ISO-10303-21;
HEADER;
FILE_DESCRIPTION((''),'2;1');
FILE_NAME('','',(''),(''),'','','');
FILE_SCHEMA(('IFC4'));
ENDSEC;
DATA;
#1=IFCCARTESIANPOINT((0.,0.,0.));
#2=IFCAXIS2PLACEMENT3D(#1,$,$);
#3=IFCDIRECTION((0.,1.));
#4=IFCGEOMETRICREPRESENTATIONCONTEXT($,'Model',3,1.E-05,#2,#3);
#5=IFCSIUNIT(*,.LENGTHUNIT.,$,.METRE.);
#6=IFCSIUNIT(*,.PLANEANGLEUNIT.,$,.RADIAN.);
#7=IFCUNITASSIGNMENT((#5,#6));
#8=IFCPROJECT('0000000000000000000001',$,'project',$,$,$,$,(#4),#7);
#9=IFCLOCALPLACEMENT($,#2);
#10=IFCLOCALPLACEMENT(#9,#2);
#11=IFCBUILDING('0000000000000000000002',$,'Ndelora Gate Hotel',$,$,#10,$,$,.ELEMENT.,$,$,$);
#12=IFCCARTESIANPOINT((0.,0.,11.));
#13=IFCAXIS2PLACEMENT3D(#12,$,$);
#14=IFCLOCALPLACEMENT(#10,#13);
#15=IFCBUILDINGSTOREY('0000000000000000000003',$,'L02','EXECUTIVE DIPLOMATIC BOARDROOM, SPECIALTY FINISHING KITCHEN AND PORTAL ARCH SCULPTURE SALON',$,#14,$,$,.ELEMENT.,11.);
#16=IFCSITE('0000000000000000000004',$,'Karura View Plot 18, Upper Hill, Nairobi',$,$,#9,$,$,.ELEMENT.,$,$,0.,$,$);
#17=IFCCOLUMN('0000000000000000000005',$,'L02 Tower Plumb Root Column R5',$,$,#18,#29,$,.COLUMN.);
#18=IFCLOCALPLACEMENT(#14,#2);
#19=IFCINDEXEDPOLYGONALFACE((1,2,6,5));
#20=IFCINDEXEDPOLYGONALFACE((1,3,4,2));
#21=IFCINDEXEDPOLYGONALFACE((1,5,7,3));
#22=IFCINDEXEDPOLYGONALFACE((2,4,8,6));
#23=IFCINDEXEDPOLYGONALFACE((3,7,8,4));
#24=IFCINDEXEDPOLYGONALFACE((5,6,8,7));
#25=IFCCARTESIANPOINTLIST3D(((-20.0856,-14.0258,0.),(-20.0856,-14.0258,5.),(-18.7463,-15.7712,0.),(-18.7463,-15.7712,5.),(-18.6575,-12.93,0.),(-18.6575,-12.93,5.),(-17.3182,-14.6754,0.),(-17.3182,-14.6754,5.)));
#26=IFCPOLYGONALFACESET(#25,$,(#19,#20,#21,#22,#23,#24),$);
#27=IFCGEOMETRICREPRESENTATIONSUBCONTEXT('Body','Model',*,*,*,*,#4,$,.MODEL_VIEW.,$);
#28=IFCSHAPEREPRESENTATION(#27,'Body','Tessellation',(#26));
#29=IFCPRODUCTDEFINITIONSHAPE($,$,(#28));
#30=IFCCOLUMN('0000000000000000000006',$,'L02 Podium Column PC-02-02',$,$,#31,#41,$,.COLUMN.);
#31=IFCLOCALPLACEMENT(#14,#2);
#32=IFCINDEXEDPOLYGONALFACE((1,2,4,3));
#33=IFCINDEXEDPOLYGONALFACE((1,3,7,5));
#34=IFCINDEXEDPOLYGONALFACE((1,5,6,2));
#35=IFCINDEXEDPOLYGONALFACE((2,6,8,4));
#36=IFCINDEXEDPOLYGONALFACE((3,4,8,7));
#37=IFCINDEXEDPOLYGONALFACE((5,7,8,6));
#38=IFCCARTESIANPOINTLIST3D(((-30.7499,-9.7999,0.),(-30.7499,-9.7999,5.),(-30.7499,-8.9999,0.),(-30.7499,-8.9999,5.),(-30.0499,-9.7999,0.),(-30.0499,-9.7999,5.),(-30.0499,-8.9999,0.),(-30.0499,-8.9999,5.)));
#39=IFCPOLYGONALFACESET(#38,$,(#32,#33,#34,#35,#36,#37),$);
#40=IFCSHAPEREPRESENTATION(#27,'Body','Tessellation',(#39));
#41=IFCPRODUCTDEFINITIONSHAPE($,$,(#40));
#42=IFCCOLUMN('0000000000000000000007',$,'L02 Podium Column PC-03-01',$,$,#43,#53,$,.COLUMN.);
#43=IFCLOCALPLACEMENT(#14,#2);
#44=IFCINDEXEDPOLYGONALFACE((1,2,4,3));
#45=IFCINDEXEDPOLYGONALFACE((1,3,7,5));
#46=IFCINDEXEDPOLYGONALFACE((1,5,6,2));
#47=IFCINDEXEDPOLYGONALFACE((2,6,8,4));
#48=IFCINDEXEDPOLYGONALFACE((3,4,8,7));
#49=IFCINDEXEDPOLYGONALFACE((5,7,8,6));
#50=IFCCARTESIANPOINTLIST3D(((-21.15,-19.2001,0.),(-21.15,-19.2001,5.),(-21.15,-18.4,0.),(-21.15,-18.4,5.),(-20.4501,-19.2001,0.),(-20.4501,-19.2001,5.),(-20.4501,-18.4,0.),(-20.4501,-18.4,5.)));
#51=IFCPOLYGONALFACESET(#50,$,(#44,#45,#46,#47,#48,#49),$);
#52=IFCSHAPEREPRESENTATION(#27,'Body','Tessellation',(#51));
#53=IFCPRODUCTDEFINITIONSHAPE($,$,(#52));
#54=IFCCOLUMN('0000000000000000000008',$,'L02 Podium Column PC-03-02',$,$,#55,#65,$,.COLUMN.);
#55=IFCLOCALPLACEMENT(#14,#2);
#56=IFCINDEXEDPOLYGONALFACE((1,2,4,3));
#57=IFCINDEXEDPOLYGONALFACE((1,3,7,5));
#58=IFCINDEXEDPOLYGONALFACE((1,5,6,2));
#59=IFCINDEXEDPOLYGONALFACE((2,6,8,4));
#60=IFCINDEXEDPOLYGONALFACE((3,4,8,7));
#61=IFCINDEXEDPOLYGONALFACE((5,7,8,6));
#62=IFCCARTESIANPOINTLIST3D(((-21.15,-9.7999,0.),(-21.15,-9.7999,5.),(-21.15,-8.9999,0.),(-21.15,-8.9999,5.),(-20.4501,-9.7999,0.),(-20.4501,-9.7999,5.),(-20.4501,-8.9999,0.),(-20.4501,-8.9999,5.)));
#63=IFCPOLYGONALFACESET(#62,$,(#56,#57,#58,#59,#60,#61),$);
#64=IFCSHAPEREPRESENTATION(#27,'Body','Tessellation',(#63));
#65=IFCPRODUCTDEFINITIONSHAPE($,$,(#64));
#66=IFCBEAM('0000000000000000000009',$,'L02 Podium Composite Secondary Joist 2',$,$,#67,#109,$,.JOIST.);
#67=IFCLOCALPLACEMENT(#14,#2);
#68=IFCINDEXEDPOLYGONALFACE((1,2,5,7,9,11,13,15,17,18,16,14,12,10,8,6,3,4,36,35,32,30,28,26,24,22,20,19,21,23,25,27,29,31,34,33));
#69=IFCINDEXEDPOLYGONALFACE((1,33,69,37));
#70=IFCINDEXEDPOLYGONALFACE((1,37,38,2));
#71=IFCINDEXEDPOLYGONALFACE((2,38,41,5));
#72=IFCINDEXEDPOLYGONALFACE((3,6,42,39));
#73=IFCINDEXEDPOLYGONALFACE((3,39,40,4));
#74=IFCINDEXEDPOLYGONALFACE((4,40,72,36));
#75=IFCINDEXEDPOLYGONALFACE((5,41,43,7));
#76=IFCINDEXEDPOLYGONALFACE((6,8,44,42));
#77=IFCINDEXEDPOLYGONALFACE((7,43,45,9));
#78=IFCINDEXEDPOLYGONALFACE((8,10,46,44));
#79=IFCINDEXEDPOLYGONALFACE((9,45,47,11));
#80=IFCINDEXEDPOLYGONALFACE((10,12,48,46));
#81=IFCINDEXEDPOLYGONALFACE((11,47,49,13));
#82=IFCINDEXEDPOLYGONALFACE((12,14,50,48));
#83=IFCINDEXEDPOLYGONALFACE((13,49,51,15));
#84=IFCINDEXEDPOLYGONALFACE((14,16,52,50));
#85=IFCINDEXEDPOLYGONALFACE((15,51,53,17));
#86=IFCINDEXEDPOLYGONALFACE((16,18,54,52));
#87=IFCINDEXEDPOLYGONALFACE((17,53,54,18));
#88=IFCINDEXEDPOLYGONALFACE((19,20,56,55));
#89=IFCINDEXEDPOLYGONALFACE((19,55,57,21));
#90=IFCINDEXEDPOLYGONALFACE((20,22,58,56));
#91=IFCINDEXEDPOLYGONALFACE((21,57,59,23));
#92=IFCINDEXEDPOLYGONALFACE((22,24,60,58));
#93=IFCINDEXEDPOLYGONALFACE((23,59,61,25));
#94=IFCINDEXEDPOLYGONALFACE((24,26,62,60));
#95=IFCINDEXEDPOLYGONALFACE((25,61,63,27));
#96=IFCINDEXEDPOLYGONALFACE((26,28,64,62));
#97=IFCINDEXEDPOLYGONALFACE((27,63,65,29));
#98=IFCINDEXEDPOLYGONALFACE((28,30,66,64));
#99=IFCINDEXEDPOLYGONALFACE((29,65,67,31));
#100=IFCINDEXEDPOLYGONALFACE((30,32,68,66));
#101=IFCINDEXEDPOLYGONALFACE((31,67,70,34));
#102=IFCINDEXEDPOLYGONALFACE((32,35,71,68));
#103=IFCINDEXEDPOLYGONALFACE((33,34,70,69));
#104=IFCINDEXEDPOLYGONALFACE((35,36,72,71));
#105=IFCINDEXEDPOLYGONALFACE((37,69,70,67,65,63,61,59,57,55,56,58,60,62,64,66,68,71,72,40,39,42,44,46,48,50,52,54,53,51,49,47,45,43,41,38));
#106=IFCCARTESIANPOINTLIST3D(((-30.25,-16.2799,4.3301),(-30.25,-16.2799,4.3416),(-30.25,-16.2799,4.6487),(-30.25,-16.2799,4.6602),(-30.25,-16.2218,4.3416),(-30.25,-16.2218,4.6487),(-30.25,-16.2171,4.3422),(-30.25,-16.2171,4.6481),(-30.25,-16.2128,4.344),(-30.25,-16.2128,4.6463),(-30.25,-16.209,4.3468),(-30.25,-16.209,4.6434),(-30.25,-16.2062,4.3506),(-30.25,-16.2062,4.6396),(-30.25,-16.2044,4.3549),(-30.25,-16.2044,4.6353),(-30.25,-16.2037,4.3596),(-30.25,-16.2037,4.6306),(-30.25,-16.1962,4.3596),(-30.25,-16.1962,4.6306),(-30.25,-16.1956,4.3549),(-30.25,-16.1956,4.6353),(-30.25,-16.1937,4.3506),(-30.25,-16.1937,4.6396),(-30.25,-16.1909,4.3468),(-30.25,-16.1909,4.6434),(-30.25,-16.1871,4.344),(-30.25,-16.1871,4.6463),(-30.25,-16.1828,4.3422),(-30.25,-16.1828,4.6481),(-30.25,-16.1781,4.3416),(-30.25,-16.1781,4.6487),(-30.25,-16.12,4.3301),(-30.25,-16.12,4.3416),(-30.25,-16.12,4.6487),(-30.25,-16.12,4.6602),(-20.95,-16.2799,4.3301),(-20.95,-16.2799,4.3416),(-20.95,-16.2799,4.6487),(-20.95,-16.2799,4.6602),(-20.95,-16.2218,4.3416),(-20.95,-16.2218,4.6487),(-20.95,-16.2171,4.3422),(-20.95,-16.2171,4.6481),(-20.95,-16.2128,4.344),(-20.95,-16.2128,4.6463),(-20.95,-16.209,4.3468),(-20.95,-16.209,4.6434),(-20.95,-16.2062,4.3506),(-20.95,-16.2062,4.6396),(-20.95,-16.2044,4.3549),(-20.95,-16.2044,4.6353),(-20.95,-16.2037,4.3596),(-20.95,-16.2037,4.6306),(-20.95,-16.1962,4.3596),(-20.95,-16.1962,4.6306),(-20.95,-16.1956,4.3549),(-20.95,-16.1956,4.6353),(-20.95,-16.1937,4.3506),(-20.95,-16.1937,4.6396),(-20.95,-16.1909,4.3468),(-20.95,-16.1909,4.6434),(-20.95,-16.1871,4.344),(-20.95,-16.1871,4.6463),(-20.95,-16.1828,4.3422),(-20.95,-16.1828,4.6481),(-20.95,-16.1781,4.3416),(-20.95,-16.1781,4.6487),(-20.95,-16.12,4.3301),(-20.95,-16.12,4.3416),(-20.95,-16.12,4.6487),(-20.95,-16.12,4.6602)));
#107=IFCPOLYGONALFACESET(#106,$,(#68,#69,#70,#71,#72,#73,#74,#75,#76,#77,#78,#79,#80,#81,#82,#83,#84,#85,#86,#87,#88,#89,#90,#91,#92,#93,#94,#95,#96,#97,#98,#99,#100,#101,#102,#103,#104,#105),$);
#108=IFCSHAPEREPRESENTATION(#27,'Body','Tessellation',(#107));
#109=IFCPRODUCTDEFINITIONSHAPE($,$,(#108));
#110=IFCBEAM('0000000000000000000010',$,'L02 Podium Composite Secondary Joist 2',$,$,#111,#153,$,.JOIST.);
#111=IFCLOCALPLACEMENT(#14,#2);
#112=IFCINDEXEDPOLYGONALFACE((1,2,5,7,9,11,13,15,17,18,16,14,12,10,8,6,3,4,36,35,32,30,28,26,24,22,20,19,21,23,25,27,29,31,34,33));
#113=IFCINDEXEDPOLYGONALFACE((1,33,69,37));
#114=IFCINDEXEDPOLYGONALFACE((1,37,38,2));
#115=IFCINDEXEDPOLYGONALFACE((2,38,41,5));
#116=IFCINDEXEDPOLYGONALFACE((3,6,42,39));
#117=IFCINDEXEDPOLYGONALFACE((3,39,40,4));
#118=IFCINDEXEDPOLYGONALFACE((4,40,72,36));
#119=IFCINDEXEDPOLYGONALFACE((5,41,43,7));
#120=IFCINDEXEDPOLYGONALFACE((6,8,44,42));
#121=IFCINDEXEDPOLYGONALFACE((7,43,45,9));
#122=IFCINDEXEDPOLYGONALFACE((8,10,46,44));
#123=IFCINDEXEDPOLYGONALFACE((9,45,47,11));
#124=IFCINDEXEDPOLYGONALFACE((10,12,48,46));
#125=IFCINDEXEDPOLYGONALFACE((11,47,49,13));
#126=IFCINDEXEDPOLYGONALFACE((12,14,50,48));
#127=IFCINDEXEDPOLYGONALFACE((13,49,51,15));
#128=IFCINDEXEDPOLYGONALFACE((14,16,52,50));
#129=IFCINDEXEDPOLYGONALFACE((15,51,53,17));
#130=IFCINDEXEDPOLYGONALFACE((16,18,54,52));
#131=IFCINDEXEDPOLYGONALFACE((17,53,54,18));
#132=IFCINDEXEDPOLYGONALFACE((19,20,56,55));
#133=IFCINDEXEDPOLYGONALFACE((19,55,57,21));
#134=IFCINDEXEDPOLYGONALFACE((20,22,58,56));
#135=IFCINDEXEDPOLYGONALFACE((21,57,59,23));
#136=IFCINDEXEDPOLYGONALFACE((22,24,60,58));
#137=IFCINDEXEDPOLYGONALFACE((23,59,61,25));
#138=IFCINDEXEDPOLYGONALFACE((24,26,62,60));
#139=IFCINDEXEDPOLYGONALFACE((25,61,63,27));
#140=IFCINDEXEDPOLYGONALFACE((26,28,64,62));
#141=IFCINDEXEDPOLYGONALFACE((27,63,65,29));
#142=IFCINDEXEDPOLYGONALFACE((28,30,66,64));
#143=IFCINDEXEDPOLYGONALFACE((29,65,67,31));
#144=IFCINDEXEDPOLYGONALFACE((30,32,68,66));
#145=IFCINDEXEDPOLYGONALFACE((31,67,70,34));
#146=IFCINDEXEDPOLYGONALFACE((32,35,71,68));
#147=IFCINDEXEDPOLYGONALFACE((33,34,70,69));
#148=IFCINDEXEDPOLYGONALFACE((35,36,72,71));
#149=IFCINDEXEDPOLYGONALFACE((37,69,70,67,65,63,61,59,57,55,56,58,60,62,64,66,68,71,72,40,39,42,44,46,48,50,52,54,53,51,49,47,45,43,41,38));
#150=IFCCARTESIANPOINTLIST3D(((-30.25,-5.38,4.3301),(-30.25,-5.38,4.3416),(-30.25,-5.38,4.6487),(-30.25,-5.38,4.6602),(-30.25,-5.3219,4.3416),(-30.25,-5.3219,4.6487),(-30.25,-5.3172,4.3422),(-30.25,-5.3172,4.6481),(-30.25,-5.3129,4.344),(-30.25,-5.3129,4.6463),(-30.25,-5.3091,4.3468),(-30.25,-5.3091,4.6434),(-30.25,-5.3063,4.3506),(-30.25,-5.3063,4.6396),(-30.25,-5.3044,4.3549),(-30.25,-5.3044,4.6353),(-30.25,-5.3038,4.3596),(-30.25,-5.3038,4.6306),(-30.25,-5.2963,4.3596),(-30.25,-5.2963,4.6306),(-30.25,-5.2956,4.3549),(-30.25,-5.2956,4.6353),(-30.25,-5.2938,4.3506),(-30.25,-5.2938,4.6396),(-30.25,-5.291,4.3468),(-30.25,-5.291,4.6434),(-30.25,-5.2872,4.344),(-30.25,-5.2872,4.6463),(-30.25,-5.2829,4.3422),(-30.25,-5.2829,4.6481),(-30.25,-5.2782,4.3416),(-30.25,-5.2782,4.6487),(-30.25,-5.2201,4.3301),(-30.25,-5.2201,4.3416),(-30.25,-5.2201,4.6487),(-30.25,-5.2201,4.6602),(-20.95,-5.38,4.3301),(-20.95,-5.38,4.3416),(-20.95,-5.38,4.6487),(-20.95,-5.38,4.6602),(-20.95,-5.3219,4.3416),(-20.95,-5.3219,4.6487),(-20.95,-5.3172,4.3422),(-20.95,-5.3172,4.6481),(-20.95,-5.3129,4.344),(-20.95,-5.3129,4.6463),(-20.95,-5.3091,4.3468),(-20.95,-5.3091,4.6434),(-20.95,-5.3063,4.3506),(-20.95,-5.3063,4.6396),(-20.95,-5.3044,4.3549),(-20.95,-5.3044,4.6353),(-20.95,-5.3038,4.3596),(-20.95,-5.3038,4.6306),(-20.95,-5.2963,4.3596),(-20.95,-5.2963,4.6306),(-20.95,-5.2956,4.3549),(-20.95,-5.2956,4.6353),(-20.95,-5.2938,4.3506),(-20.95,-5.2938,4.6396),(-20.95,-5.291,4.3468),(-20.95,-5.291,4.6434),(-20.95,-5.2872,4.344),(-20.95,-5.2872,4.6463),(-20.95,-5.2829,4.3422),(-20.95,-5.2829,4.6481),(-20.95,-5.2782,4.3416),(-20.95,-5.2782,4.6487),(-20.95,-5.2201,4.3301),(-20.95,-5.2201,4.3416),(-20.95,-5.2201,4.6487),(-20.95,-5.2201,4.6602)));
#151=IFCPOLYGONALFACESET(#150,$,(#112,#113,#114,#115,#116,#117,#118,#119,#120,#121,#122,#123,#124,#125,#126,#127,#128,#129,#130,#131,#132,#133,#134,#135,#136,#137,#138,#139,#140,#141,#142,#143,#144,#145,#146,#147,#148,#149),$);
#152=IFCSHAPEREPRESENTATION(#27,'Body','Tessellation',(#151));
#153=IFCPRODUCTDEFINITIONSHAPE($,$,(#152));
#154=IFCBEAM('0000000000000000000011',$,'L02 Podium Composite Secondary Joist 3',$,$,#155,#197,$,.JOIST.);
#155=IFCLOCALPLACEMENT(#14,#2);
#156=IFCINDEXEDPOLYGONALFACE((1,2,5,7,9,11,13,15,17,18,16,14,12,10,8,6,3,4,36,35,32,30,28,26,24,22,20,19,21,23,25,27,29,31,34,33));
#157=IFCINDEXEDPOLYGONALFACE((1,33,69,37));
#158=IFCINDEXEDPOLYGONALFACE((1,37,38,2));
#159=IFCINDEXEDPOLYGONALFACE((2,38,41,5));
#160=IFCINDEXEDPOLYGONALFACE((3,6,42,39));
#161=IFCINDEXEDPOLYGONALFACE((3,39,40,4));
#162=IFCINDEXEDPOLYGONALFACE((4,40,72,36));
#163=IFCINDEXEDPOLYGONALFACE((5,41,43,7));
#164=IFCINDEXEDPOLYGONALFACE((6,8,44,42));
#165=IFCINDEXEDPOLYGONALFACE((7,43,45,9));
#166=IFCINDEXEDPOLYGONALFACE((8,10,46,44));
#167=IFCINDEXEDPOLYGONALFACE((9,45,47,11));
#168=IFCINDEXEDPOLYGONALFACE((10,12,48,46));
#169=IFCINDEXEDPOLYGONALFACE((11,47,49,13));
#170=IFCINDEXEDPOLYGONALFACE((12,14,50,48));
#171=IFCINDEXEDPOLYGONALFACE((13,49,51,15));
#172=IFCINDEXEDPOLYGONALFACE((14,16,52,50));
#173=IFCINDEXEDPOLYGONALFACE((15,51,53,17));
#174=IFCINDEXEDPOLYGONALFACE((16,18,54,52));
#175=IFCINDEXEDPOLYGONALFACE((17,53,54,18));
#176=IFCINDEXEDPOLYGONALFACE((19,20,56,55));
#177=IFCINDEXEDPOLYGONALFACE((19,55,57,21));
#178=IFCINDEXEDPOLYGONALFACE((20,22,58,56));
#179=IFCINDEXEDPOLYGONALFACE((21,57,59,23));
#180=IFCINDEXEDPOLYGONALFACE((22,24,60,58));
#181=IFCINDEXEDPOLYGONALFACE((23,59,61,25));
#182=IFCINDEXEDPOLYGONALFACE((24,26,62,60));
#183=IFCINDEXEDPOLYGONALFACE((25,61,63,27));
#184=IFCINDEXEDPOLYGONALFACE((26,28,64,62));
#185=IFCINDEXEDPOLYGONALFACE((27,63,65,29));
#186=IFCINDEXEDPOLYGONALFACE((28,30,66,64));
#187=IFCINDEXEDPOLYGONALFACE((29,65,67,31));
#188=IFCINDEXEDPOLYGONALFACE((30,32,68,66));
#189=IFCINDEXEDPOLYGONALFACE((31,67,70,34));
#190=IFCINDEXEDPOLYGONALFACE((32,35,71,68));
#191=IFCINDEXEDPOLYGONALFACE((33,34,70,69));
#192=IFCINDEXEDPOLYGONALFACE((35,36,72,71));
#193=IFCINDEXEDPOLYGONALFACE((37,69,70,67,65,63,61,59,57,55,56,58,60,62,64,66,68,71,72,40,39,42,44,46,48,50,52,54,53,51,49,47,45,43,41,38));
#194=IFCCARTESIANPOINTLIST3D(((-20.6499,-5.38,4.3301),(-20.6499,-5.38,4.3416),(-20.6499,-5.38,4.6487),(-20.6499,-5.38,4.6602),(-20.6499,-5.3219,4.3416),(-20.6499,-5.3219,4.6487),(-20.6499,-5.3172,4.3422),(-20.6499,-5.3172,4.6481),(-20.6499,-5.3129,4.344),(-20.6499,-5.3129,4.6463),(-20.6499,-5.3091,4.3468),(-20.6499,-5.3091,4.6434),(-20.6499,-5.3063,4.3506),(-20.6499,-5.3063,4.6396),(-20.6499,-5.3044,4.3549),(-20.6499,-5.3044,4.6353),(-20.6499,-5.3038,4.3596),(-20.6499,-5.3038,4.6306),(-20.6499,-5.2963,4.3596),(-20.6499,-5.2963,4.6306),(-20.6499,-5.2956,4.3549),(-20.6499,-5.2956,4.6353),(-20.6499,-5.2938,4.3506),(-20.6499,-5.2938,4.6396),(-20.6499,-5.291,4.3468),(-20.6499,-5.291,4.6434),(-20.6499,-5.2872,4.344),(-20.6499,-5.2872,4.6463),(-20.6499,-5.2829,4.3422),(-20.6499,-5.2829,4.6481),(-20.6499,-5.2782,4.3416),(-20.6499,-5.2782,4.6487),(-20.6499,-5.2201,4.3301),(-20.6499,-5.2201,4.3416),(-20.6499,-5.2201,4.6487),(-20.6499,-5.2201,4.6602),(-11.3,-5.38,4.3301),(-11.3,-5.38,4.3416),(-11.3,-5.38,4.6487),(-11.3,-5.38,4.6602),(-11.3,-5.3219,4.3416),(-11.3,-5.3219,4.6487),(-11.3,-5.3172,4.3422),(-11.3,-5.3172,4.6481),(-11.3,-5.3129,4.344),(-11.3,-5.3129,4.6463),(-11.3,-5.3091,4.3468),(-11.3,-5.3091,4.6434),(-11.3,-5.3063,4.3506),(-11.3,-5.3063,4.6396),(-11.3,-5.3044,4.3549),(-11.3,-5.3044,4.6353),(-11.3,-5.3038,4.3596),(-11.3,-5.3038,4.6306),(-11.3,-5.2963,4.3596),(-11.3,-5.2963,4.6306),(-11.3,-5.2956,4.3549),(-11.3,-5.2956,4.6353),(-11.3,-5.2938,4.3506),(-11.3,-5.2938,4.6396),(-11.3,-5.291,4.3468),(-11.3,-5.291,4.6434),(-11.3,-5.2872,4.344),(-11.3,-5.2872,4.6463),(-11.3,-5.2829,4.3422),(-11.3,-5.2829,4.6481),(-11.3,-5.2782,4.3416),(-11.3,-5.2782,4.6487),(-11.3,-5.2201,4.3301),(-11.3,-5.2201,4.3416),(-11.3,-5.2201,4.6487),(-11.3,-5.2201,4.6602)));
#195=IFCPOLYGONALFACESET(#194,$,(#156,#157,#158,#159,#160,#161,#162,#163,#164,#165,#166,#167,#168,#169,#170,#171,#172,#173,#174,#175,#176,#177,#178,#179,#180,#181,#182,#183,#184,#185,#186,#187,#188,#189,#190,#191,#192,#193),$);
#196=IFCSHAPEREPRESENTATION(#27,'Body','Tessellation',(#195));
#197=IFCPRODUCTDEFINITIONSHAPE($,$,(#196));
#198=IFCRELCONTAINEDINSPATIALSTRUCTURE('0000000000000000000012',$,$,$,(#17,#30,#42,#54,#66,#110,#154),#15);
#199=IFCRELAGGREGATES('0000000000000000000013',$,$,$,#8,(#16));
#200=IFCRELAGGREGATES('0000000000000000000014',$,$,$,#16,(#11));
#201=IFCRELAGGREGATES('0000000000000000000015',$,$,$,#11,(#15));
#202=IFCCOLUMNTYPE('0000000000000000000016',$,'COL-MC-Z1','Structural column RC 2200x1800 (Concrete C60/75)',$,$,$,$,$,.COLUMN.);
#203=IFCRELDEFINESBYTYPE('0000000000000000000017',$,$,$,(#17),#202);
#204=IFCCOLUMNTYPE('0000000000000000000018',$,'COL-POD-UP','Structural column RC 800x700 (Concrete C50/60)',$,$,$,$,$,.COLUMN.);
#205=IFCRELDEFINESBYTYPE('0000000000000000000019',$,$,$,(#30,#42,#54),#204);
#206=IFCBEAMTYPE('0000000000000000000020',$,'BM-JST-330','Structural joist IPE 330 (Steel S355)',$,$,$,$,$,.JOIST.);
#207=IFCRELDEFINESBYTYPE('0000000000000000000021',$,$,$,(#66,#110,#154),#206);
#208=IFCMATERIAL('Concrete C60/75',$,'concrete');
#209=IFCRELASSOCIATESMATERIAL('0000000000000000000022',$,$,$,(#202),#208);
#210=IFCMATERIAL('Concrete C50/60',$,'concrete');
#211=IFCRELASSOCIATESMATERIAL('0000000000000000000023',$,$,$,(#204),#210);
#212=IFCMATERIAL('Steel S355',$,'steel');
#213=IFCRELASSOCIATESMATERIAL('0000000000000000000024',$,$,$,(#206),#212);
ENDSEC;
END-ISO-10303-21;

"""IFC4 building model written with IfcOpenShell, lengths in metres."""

from ifc_helpers import new_model, si_unit, direction, frame, origin, origin_2d, place, context, subcontext, project, spatial, rectangle, i_section, extrude, material, material_profile, profile_set, type_object, element, save


model = new_model("IFC4")

# Units and contexts
model_context = context("Model", 3, precision=1e-05, world=origin(), true_north=direction((0.0, 1.0)))
body_context = subcontext(model_context, "Body", "Model", "MODEL_VIEW")
ifc_project = project(units=[si_unit("LENGTHUNIT", "METRE"), si_unit("PLANEANGLEUNIT", "RADIAN")], contexts=[model_context])

# Site, building, storey
site_placement = place(None, origin())
site = spatial("IfcSite", under=ifc_project, at=site_placement, Name="Karura View Plot 18, Upper Hill, Nairobi", CompositionType="ELEMENT", RefElevation=0.0)
building_placement = place(site_placement, origin())
building = spatial("IfcBuilding", under=site, at=building_placement, Name="Ndelora Gate Hotel", CompositionType="ELEMENT")
storey_placement = place(building_placement, frame((0.0, 0.0, 11.0)))
storey = spatial("IfcBuildingStorey", under=building, at=storey_placement, Name="L02", Description="EXECUTIVE DIPLOMATIC BOARDROOM, SPECIALTY FINISHING KITCHEN AND PORTAL ARCH SCULPTURE SALON", CompositionType="ELEMENT", Elevation=11.0)

# Columns
ifc_material_1 = material(Name="Concrete C60/75", Category="concrete")
ifc_material_profile_1 = material_profile(ifc_material_1, rectangle(XDim=1.8, YDim=2.2, at=origin_2d()), Name="RC 2200x1800")
ifc_profile_set_1 = profile_set([ifc_material_profile_1], Name="Concrete C60/75")
column_type_1 = type_object("IfcColumnType", Name="COL-MC-Z1", Description="Structural column RC 2200x1800 (Concrete C60/75)", PredefinedType="COLUMN", material=ifc_profile_set_1)
column_placement = place(storey_placement, frame((-18.7019, -14.3506, 0.0), z_axis=(0.0, 0.0, 1.0), x_axis=(0.793353, 0.608761, 0.0)))
element("IfcColumn", 1, at=column_placement, inside=storey, type_object=column_type_1, Name="L02 Tower Plumb Root Column R5", PredefinedType="COLUMN", context=body_context, shape_type="SweptSolid", body=[
    extrude(rectangle(XDim=1.8, YDim=2.2, at=origin_2d()), origin(), (0.0, 0.0, 1.0), 5.0),
])
ifc_material_2 = material(Name="Concrete C50/60", Category="concrete")
ifc_material_profile_2 = material_profile(ifc_material_2, rectangle(XDim=0.7, YDim=0.8, at=origin_2d()), Name="RC 800x700")
ifc_profile_set_2 = profile_set([ifc_material_profile_2], Name="Concrete C50/60")
column_type_2 = type_object("IfcColumnType", Name="COL-POD-UP", Description="Structural column RC 800x700 (Concrete C50/60)", PredefinedType="COLUMN", material=ifc_profile_set_2)
for number, where, z_axis, x_axis, name in (
    (2, (-30.3999, -9.3999, 0.0), (0.0, 0.0, 1.0), (1.0, 0.0, 0.0), "L02 Podium Column PC-02-02"),
    (3, (-20.8, -18.8, 0.0), (0.0, 0.0, 1.0), (1.0, 0.0, 0.0), "L02 Podium Column PC-03-01"),
    (4, (-20.8, -9.3999, 0.0), (0.0, 0.0, 1.0), (1.0, 0.0, 0.0), "L02 Podium Column PC-03-02"),
):
    element("IfcColumn", number, at=place(storey_placement, frame(where, z_axis=z_axis, x_axis=x_axis)), inside=storey, type_object=column_type_2, Name=name, PredefinedType="COLUMN", context=body_context, shape_type="SweptSolid", body=[
        extrude(rectangle(XDim=0.7, YDim=0.8, at=origin_2d()), origin(), (0.0, 0.0, 1.0), 5.0),
    ])

# Beams
ifc_material_3 = material(Name="Steel S355", Category="steel")
ifc_material_profile_3 = material_profile(ifc_material_3, i_section(OverallWidth=0.1599, OverallDepth=0.3301, WebThickness=0.0076, FlangeThickness=0.0115, FilletRadius=0.0181, at=origin_2d()), Name="IPE 330")
ifc_profile_set_3 = profile_set([ifc_material_profile_3], Name="Steel S355")
beam_type_1 = type_object("IfcBeamType", Name="BM-JST-330", Description="Structural joist IPE 330 (Steel S355)", PredefinedType="JOIST", material=ifc_profile_set_3)
for number, where, z_axis, x_axis, name in (
    (5, (-30.25, -16.2, 4.4951), (1.0, 0.0, 0.0), (0.0, 1.0, 0.0), "L02 Podium Composite Secondary Joist 2"),
    (6, (-30.25, -5.3, 4.4951), (1.0, 0.0, 0.0), (0.0, 1.0, 0.0), "L02 Podium Composite Secondary Joist 2"),
):
    element("IfcBeam", number, at=place(storey_placement, frame(where, z_axis=z_axis, x_axis=x_axis)), inside=storey, type_object=beam_type_1, Name=name, PredefinedType="JOIST", context=body_context, shape_type="SweptSolid", body=[
        extrude(i_section(OverallWidth=0.1599, OverallDepth=0.3301, WebThickness=0.0076, FlangeThickness=0.0115, FilletRadius=0.0181, at=origin_2d()), origin(), (0.0, 0.0, 1.0), 9.3),
    ])
beam_1_placement = place(storey_placement, frame((-20.6499, -5.3, 4.4951), z_axis=(1.0, 0.0, 0.0), x_axis=(0.0, 1.0, 0.0)))
element("IfcBeam", 7, at=beam_1_placement, inside=storey, type_object=beam_type_1, Name="L02 Podium Composite Secondary Joist 3", PredefinedType="JOIST", context=body_context, shape_type="SweptSolid", body=[
    extrude(i_section(OverallWidth=0.1599, OverallDepth=0.3301, WebThickness=0.0076, FlangeThickness=0.0115, FilletRadius=0.0181, at=origin_2d()), origin(), (0.0, 0.0, 1.0), 9.3499),
])

save(model, "model.ifc")
